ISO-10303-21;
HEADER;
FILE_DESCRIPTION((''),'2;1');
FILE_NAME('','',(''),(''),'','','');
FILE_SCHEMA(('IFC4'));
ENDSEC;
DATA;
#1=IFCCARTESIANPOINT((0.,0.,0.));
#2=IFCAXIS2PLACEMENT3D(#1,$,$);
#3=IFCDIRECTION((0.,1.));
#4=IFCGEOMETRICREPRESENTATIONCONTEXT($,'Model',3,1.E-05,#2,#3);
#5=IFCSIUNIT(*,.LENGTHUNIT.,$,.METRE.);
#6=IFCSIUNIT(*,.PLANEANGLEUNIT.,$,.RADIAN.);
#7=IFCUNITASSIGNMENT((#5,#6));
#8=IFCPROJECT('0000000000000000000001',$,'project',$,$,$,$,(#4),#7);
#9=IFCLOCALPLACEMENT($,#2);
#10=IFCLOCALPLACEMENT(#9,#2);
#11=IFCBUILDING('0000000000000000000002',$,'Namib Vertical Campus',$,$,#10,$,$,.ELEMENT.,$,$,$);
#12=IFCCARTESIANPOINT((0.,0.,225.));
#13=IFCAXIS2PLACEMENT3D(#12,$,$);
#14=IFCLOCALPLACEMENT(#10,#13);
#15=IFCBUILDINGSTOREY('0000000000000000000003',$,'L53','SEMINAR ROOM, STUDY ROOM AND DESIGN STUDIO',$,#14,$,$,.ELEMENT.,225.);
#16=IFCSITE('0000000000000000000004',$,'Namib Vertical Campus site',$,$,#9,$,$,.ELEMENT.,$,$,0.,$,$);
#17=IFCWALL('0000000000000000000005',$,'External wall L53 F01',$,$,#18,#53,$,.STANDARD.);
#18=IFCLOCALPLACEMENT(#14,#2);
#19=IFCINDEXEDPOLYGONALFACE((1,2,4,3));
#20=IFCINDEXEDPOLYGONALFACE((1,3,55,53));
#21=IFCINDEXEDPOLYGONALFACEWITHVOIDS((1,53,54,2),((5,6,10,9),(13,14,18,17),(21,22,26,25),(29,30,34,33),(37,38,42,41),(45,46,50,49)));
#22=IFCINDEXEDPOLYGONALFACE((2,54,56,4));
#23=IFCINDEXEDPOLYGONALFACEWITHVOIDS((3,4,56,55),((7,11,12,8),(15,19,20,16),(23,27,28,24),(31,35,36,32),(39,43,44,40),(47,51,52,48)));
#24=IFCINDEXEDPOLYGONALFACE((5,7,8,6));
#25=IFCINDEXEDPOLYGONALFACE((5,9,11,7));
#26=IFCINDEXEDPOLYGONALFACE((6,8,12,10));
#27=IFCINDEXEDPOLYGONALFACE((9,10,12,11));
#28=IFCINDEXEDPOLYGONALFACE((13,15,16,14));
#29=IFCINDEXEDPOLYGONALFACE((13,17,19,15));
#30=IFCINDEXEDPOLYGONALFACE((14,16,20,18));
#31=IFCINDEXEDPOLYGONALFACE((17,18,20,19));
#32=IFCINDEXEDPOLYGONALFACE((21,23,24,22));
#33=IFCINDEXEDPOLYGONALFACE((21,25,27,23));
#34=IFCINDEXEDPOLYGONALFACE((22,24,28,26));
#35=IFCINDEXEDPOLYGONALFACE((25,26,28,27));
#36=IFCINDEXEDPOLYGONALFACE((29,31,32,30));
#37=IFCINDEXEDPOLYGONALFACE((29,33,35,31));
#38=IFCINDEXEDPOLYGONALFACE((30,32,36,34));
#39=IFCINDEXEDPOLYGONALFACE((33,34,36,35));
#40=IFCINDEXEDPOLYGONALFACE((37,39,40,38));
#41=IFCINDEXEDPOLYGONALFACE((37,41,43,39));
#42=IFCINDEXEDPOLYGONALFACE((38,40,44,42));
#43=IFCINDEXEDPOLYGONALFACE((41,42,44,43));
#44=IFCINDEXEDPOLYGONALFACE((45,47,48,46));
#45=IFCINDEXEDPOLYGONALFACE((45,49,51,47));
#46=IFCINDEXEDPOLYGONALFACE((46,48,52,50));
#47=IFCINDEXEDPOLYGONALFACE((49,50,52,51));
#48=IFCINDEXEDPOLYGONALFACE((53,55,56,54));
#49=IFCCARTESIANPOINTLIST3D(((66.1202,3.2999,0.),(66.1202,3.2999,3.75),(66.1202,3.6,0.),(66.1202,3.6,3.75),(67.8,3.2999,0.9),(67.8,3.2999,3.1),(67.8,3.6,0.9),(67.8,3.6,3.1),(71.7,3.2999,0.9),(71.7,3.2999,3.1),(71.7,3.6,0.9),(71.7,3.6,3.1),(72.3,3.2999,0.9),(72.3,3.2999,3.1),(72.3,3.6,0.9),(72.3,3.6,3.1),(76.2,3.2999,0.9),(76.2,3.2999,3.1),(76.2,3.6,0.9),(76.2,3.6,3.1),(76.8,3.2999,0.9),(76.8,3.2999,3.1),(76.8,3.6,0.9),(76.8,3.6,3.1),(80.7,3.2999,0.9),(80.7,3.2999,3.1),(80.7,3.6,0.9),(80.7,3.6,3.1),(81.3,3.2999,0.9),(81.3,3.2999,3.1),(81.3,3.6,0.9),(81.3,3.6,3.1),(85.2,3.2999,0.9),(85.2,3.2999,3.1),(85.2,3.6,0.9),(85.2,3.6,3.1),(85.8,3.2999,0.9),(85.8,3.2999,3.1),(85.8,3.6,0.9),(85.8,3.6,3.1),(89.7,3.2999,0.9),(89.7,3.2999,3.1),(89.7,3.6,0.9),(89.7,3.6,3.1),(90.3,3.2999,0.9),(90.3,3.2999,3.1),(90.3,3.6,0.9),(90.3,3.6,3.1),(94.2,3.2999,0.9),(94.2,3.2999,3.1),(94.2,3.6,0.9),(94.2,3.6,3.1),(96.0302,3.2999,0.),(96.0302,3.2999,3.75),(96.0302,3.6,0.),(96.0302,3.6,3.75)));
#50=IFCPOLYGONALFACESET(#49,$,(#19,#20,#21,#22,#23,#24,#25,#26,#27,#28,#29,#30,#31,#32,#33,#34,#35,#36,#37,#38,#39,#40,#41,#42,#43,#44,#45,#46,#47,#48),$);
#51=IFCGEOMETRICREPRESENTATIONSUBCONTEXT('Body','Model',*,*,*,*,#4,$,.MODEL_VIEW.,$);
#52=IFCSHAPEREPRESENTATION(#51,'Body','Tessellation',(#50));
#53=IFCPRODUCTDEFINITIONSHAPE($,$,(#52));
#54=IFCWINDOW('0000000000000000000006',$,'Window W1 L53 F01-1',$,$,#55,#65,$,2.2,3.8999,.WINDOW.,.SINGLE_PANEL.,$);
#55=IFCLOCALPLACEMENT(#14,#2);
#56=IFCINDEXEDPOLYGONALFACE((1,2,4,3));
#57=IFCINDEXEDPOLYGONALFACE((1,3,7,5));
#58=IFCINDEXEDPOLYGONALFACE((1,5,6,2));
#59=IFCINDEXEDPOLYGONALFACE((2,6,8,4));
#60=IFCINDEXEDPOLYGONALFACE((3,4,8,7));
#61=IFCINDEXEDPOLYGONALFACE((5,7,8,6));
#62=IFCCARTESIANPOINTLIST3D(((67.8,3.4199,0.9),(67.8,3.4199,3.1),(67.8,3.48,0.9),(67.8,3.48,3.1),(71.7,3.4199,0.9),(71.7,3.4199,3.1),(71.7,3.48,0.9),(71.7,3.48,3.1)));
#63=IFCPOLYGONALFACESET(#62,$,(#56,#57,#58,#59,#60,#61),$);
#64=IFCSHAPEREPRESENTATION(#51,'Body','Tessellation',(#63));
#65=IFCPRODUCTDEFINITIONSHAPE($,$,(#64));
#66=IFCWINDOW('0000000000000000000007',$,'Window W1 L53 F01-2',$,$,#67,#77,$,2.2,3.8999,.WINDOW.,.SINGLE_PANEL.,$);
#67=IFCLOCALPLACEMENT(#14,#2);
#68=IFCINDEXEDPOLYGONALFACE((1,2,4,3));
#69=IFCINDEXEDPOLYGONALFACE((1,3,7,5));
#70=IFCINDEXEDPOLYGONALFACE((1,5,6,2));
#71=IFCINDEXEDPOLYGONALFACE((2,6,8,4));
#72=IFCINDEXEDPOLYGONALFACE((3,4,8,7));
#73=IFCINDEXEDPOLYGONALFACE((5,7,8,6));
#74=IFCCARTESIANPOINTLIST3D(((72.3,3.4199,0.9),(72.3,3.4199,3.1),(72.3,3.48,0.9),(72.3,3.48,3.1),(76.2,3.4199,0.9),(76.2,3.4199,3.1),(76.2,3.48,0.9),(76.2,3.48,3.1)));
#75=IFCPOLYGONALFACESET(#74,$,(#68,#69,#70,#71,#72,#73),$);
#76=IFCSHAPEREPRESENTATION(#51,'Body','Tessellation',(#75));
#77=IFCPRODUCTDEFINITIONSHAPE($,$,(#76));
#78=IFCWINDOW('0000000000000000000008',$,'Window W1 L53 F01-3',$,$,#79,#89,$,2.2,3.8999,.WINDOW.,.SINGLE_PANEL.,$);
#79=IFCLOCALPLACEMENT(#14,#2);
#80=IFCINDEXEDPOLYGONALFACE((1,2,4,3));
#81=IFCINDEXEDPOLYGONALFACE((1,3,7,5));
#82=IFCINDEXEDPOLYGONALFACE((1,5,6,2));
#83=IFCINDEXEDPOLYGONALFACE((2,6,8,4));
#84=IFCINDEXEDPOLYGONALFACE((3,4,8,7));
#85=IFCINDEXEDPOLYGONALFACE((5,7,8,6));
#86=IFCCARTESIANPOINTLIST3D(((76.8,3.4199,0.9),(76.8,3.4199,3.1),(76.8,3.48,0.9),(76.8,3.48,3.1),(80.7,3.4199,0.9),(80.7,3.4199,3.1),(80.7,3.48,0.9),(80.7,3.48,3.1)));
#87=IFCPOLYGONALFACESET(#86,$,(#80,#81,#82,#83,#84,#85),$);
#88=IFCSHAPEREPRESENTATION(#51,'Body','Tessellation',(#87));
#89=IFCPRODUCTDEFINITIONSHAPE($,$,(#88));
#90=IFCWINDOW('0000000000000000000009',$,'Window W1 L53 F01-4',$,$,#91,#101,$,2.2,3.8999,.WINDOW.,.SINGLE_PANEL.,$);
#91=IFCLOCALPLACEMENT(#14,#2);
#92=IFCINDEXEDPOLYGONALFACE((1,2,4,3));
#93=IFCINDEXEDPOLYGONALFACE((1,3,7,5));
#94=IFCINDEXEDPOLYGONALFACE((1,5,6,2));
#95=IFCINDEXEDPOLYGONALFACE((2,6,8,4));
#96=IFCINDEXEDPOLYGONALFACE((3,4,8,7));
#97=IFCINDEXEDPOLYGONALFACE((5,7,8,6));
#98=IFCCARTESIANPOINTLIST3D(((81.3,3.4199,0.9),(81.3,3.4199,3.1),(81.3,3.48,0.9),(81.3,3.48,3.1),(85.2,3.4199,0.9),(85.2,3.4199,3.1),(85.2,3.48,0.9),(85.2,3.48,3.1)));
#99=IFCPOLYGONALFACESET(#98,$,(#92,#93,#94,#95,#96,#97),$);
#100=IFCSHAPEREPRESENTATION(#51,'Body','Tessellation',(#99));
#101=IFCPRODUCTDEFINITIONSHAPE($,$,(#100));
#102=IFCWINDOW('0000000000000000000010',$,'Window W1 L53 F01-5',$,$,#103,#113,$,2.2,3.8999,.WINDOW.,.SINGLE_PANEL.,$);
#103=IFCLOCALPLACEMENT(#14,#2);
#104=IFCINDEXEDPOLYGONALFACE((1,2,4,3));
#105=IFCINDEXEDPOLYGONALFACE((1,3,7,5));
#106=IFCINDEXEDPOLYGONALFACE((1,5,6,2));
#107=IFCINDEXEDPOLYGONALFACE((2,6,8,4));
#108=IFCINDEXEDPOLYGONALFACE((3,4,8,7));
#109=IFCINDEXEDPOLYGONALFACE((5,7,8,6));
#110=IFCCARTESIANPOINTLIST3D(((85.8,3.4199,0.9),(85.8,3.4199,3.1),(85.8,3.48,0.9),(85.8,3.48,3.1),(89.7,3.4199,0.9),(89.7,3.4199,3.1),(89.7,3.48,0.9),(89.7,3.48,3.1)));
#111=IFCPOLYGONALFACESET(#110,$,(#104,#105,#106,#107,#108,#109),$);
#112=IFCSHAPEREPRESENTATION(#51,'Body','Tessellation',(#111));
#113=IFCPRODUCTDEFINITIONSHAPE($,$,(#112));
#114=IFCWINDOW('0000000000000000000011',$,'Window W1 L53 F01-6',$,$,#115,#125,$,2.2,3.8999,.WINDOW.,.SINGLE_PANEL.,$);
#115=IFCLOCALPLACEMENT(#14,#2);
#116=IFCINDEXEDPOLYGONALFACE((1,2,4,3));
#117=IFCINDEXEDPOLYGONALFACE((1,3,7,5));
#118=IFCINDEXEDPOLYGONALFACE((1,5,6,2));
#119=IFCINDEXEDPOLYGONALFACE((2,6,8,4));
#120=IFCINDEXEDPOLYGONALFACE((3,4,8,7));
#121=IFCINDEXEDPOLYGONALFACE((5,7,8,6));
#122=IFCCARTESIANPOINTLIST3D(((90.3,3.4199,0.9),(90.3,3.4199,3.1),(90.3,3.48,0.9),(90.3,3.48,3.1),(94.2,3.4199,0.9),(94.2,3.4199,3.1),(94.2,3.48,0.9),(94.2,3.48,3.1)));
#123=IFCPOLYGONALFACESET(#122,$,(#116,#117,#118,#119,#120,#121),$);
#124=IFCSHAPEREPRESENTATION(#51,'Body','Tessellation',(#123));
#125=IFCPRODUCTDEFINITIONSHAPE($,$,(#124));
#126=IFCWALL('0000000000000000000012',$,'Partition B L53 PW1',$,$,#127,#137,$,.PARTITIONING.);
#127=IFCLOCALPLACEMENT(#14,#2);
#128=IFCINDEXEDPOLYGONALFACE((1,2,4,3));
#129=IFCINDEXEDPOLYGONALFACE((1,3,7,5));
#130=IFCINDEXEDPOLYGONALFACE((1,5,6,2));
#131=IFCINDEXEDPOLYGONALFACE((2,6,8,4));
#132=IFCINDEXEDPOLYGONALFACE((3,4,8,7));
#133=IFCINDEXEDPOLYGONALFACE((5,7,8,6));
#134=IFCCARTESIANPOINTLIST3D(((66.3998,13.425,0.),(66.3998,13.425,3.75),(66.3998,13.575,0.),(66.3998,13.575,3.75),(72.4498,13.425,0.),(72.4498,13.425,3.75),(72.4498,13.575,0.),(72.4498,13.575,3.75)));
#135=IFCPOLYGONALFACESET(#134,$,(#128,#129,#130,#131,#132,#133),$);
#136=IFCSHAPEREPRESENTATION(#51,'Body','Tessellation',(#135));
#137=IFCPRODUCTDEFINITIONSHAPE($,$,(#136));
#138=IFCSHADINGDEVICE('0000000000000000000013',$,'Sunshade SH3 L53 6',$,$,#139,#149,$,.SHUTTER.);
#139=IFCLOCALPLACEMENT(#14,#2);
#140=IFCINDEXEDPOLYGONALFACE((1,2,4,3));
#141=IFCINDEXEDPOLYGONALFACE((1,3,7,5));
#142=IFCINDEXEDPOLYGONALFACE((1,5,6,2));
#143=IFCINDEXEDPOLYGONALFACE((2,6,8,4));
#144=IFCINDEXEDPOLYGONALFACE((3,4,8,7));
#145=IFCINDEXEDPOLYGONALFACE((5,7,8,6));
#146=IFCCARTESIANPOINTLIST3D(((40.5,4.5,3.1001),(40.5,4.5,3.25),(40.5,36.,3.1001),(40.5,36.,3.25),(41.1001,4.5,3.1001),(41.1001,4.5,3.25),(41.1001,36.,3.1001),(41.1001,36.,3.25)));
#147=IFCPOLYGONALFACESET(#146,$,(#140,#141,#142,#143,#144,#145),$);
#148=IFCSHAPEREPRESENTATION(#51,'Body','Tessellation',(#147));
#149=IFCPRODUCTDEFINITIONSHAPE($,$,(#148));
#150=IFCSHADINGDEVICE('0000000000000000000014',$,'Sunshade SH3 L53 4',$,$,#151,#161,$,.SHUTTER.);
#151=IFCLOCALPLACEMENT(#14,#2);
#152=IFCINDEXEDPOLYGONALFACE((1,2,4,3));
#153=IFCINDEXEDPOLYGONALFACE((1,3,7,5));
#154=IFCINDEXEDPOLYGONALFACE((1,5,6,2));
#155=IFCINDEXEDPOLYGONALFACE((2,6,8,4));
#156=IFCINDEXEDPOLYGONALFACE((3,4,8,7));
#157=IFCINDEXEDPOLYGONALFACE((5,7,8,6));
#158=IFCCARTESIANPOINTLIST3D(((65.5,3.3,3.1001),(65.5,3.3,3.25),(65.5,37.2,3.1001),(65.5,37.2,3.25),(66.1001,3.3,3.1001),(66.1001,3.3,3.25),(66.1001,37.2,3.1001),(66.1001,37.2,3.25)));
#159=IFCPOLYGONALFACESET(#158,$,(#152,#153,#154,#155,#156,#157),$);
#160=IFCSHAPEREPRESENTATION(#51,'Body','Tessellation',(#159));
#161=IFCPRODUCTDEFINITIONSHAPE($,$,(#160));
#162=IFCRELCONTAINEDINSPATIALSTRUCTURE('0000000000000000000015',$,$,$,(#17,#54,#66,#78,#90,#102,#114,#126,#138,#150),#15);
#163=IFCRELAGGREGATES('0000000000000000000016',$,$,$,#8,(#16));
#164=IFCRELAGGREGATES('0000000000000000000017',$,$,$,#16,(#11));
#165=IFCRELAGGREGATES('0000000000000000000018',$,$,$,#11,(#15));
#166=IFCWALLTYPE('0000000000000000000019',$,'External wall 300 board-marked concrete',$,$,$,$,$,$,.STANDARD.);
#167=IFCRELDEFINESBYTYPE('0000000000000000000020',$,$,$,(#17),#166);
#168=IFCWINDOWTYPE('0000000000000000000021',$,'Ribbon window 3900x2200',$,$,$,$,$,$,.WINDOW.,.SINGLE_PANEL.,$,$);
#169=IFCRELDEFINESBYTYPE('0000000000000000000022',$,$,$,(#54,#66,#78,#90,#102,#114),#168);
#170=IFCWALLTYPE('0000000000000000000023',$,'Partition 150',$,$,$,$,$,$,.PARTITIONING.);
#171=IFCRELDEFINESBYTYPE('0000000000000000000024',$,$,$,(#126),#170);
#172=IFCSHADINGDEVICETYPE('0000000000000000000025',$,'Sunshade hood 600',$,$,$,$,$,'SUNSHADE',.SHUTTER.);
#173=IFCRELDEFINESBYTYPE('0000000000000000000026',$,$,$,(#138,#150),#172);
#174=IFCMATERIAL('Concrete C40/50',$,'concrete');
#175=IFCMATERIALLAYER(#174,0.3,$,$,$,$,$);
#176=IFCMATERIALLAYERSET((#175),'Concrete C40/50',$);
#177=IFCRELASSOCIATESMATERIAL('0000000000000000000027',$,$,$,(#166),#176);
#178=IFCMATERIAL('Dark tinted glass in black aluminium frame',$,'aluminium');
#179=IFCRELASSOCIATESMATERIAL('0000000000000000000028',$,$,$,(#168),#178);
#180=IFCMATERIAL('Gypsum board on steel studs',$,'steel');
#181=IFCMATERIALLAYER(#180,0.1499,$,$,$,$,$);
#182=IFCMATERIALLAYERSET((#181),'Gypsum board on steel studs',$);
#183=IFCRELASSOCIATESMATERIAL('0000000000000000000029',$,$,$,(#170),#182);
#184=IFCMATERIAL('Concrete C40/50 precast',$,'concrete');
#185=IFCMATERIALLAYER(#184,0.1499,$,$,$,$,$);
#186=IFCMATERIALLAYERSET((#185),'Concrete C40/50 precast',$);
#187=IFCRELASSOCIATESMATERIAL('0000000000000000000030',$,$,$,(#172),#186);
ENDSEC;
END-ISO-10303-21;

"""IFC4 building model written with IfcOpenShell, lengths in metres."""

from ifc_helpers import new_model, si_unit, direction, frame, frame_2d, origin, origin_2d, place, context, subcontext, project, spatial, rectangle, extrude, material, layer, layer_set, type_object, element, fill, save


model = new_model("IFC4")

# Units and contexts
model_context = context("Model", 3, precision=1e-05, world=origin(), true_north=direction((0.0, 1.0)))
body_context = subcontext(model_context, "Body", "Model", "MODEL_VIEW")
ifc_project = project(units=[si_unit("LENGTHUNIT", "METRE"), si_unit("PLANEANGLEUNIT", "RADIAN")], contexts=[model_context])

# Site, building, storey
site_placement = place(None, origin())
site = spatial("IfcSite", under=ifc_project, at=site_placement, Name="Namib Vertical Campus site", CompositionType="ELEMENT", RefElevation=0.0)
building_placement = place(site_placement, origin())
building = spatial("IfcBuilding", under=site, at=building_placement, Name="Namib Vertical Campus", CompositionType="ELEMENT")
storey_placement = place(building_placement, frame((0.0, 0.0, 225.0)))
storey = spatial("IfcBuildingStorey", under=building, at=storey_placement, Name="L53", Description="SEMINAR ROOM, STUDY ROOM AND DESIGN STUDIO", CompositionType="ELEMENT", Elevation=225.0)

# Wall, openings, windows
ifc_material_1 = material(Name="Concrete C40/50", Category="concrete")
ifc_layer_1 = layer(ifc_material_1, 0.3)
ifc_layer_set_1 = layer_set([ifc_layer_1], Name="Concrete C40/50")
wall_type_1 = type_object("IfcWallType", Name="External wall 300 board-marked concrete", PredefinedType="STANDARD", material=ifc_layer_set_1)
wall_1_placement = place(storey_placement, frame((66.1201, 3.45, 0.0), z_axis=(0.0, 0.0, 1.0), x_axis=(1.0, 0.0, 0.0)))
wall_1 = element("IfcWall", 1, at=wall_1_placement, inside=storey, type_object=wall_type_1, Name="External wall L53 F01", PredefinedType="STANDARD", context=body_context, shape_type="SweptSolid", body=[
    extrude(rectangle(XDim=29.9099, YDim=0.3, at=frame_2d((14.9551, 0.0))), origin(), (0.0, 0.0, 1.0), 3.75),
])
opening_1_placement = place(wall_1_placement, frame((1.6799, 0.0, 0.8999)))
opening_1 = element("IfcOpeningElement", 2, at=opening_1_placement, cuts=wall_1, PredefinedType="OPENING", context=body_context, shape_type="SweptSolid", body=[
    extrude(rectangle(XDim=3.8999, YDim=2.2, at=frame_2d((1.95, 1.1001))), frame((0.0, 0.1599, 0.0), z_axis=(0.0, -1.0, 0.0), x_axis=(1.0, 0.0, 0.0)), (0.0, 0.0, 1.0), 0.3201),
])
opening_2_placement = place(wall_1_placement, frame((6.1799, 0.0, 0.8999)))
opening_2 = element("IfcOpeningElement", 3, at=opening_2_placement, cuts=wall_1, PredefinedType="OPENING", context=body_context, shape_type="SweptSolid", body=[
    extrude(rectangle(XDim=3.8999, YDim=2.2, at=frame_2d((1.95, 1.1001))), frame((0.0, 0.1599, 0.0), z_axis=(0.0, -1.0, 0.0), x_axis=(1.0, 0.0, 0.0)), (0.0, 0.0, 1.0), 0.3201),
])
opening_3_placement = place(wall_1_placement, frame((10.6799, 0.0, 0.8999)))
opening_3 = element("IfcOpeningElement", 4, at=opening_3_placement, cuts=wall_1, PredefinedType="OPENING", context=body_context, shape_type="SweptSolid", body=[
    extrude(rectangle(XDim=3.8999, YDim=2.2, at=frame_2d((1.95, 1.1001))), frame((0.0, 0.1599, 0.0), z_axis=(0.0, -1.0, 0.0), x_axis=(1.0, 0.0, 0.0)), (0.0, 0.0, 1.0), 0.3201),
])
opening_4_placement = place(wall_1_placement, frame((15.1799, 0.0, 0.8999)))
opening_4 = element("IfcOpeningElement", 5, at=opening_4_placement, cuts=wall_1, PredefinedType="OPENING", context=body_context, shape_type="SweptSolid", body=[
    extrude(rectangle(XDim=3.8999, YDim=2.2, at=frame_2d((1.95, 1.1001))), frame((0.0, 0.1599, 0.0), z_axis=(0.0, -1.0, 0.0), x_axis=(1.0, 0.0, 0.0)), (0.0, 0.0, 1.0), 0.3201),
])
opening_5_placement = place(wall_1_placement, frame((19.6799, 0.0, 0.8999)))
opening_5 = element("IfcOpeningElement", 6, at=opening_5_placement, cuts=wall_1, PredefinedType="OPENING", context=body_context, shape_type="SweptSolid", body=[
    extrude(rectangle(XDim=3.8999, YDim=2.2, at=frame_2d((1.95, 1.1001))), frame((0.0, 0.1599, 0.0), z_axis=(0.0, -1.0, 0.0), x_axis=(1.0, 0.0, 0.0)), (0.0, 0.0, 1.0), 0.3201),
])
opening_6_placement = place(wall_1_placement, frame((24.1799, 0.0, 0.8999)))
opening_6 = element("IfcOpeningElement", 7, at=opening_6_placement, cuts=wall_1, PredefinedType="OPENING", context=body_context, shape_type="SweptSolid", body=[
    extrude(rectangle(XDim=3.8999, YDim=2.2, at=frame_2d((1.95, 1.1001))), frame((0.0, 0.1599, 0.0), z_axis=(0.0, -1.0, 0.0), x_axis=(1.0, 0.0, 0.0)), (0.0, 0.0, 1.0), 0.3201),
])
ifc_material_2 = material(Name="Dark tinted glass in black aluminium frame", Category="aluminium")
window_type = type_object("IfcWindowType", Name="Ribbon window 3900x2200", PartitioningType="SINGLE_PANEL", PredefinedType="WINDOW", material=ifc_material_2)
window_1_placement = place(opening_1_placement, origin())
window_1 = element("IfcWindow", 8, at=window_1_placement, inside=storey, type_object=window_type, Name="Window W1 L53 F01-1", OverallHeight=2.2, OverallWidth=3.8999, PartitioningType="SINGLE_PANEL", PredefinedType="WINDOW", context=body_context, shape_type="SweptSolid", body=[
    extrude(rectangle(XDim=3.8999, YDim=2.2, at=frame_2d((1.95, 1.1001))), frame((0.0, 0.03, 0.0), z_axis=(0.0, -1.0, 0.0), x_axis=(1.0, 0.0, 0.0)), (0.0, 0.0, 1.0), 0.0601),
])
fill(opening_1, window_1)
window_2_placement = place(opening_2_placement, origin())
window_2 = element("IfcWindow", 9, at=window_2_placement, inside=storey, type_object=window_type, Name="Window W1 L53 F01-2", OverallHeight=2.2, OverallWidth=3.8999, PartitioningType="SINGLE_PANEL", PredefinedType="WINDOW", context=body_context, shape_type="SweptSolid", body=[
    extrude(rectangle(XDim=3.8999, YDim=2.2, at=frame_2d((1.95, 1.1001))), frame((0.0, 0.03, 0.0), z_axis=(0.0, -1.0, 0.0), x_axis=(1.0, 0.0, 0.0)), (0.0, 0.0, 1.0), 0.0601),
])
fill(opening_2, window_2)
window_3_placement = place(opening_3_placement, origin())
window_3 = element("IfcWindow", 10, at=window_3_placement, inside=storey, type_object=window_type, Name="Window W1 L53 F01-3", OverallHeight=2.2, OverallWidth=3.8999, PartitioningType="SINGLE_PANEL", PredefinedType="WINDOW", context=body_context, shape_type="SweptSolid", body=[
    extrude(rectangle(XDim=3.8999, YDim=2.2, at=frame_2d((1.95, 1.1001))), frame((0.0, 0.03, 0.0), z_axis=(0.0, -1.0, 0.0), x_axis=(1.0, 0.0, 0.0)), (0.0, 0.0, 1.0), 0.0601),
])
fill(opening_3, window_3)
window_4_placement = place(opening_4_placement, origin())
window_4 = element("IfcWindow", 11, at=window_4_placement, inside=storey, type_object=window_type, Name="Window W1 L53 F01-4", OverallHeight=2.2, OverallWidth=3.8999, PartitioningType="SINGLE_PANEL", PredefinedType="WINDOW", context=body_context, shape_type="SweptSolid", body=[
    extrude(rectangle(XDim=3.8999, YDim=2.2, at=frame_2d((1.95, 1.1001))), frame((0.0, 0.03, 0.0), z_axis=(0.0, -1.0, 0.0), x_axis=(1.0, 0.0, 0.0)), (0.0, 0.0, 1.0), 0.0601),
])
fill(opening_4, window_4)
window_5_placement = place(opening_5_placement, origin())
window_5 = element("IfcWindow", 12, at=window_5_placement, inside=storey, type_object=window_type, Name="Window W1 L53 F01-5", OverallHeight=2.2, OverallWidth=3.8999, PartitioningType="SINGLE_PANEL", PredefinedType="WINDOW", context=body_context, shape_type="SweptSolid", body=[
    extrude(rectangle(XDim=3.8999, YDim=2.2, at=frame_2d((1.95, 1.1001))), frame((0.0, 0.03, 0.0), z_axis=(0.0, -1.0, 0.0), x_axis=(1.0, 0.0, 0.0)), (0.0, 0.0, 1.0), 0.0601),
])
fill(opening_5, window_5)
window_6_placement = place(opening_6_placement, origin())
window_6 = element("IfcWindow", 13, at=window_6_placement, inside=storey, type_object=window_type, Name="Window W1 L53 F01-6", OverallHeight=2.2, OverallWidth=3.8999, PartitioningType="SINGLE_PANEL", PredefinedType="WINDOW", context=body_context, shape_type="SweptSolid", body=[
    extrude(rectangle(XDim=3.8999, YDim=2.2, at=frame_2d((1.95, 1.1001))), frame((0.0, 0.03, 0.0), z_axis=(0.0, -1.0, 0.0), x_axis=(1.0, 0.0, 0.0)), (0.0, 0.0, 1.0), 0.0601),
])
fill(opening_6, window_6)

# Wall
ifc_material_3 = material(Name="Gypsum board on steel studs", Category="steel")
ifc_layer_2 = layer(ifc_material_3, 0.1499)
ifc_layer_set_2 = layer_set([ifc_layer_2], Name="Gypsum board on steel studs")
wall_type_2 = type_object("IfcWallType", Name="Partition 150", PredefinedType="PARTITIONING", material=ifc_layer_set_2)
wall_2_placement = place(storey_placement, frame((66.3999, 13.5, 0.0), z_axis=(0.0, 0.0, 1.0), x_axis=(1.0, 0.0, 0.0)))
element("IfcWall", 14, at=wall_2_placement, inside=storey, type_object=wall_type_2, Name="Partition B L53 PW1", PredefinedType="PARTITIONING", context=body_context, shape_type="SweptSolid", body=[
    extrude(rectangle(XDim=6.05, YDim=0.1499, at=frame_2d((3.0249, 0.0))), origin(), (0.0, 0.0, 1.0), 3.75),
])

# Shading devices
ifc_material_4 = material(Name="Concrete C40/50 precast", Category="concrete")
ifc_layer_3 = layer(ifc_material_4, 0.1499)
ifc_layer_set_3 = layer_set([ifc_layer_3], Name="Concrete C40/50 precast")
shading_device_type = type_object("IfcShadingDeviceType", Name="Sunshade hood 600", ElementType="SUNSHADE", PredefinedType="SHUTTER", material=ifc_layer_set_3)
shading_device_1_placement = place(storey_placement, frame((40.8, 20.25, 3.1001), z_axis=(0.0, 0.0, 1.0), x_axis=(0.0, 1.0, 0.0)))
element("IfcShadingDevice", 15, at=shading_device_1_placement, inside=storey, type_object=shading_device_type, Name="Sunshade SH3 L53 6", PredefinedType="SHUTTER", context=body_context, shape_type="SweptSolid", body=[
    extrude(rectangle(XDim=31.5, YDim=0.6001, at=origin_2d()), origin(), (0.0, 0.0, 1.0), 0.1499),
])
shading_device_2_placement = place(storey_placement, frame((65.8, 20.25, 3.1001), z_axis=(0.0, 0.0, 1.0), x_axis=(0.0, -1.0, 0.0)))
element("IfcShadingDevice", 16, at=shading_device_2_placement, inside=storey, type_object=shading_device_type, Name="Sunshade SH3 L53 4", PredefinedType="SHUTTER", context=body_context, shape_type="SweptSolid", body=[
    extrude(rectangle(XDim=33.8999, YDim=0.6001, at=origin_2d()), origin(), (0.0, 0.0, 1.0), 0.1499),
])

save(model, "model.ifc")
